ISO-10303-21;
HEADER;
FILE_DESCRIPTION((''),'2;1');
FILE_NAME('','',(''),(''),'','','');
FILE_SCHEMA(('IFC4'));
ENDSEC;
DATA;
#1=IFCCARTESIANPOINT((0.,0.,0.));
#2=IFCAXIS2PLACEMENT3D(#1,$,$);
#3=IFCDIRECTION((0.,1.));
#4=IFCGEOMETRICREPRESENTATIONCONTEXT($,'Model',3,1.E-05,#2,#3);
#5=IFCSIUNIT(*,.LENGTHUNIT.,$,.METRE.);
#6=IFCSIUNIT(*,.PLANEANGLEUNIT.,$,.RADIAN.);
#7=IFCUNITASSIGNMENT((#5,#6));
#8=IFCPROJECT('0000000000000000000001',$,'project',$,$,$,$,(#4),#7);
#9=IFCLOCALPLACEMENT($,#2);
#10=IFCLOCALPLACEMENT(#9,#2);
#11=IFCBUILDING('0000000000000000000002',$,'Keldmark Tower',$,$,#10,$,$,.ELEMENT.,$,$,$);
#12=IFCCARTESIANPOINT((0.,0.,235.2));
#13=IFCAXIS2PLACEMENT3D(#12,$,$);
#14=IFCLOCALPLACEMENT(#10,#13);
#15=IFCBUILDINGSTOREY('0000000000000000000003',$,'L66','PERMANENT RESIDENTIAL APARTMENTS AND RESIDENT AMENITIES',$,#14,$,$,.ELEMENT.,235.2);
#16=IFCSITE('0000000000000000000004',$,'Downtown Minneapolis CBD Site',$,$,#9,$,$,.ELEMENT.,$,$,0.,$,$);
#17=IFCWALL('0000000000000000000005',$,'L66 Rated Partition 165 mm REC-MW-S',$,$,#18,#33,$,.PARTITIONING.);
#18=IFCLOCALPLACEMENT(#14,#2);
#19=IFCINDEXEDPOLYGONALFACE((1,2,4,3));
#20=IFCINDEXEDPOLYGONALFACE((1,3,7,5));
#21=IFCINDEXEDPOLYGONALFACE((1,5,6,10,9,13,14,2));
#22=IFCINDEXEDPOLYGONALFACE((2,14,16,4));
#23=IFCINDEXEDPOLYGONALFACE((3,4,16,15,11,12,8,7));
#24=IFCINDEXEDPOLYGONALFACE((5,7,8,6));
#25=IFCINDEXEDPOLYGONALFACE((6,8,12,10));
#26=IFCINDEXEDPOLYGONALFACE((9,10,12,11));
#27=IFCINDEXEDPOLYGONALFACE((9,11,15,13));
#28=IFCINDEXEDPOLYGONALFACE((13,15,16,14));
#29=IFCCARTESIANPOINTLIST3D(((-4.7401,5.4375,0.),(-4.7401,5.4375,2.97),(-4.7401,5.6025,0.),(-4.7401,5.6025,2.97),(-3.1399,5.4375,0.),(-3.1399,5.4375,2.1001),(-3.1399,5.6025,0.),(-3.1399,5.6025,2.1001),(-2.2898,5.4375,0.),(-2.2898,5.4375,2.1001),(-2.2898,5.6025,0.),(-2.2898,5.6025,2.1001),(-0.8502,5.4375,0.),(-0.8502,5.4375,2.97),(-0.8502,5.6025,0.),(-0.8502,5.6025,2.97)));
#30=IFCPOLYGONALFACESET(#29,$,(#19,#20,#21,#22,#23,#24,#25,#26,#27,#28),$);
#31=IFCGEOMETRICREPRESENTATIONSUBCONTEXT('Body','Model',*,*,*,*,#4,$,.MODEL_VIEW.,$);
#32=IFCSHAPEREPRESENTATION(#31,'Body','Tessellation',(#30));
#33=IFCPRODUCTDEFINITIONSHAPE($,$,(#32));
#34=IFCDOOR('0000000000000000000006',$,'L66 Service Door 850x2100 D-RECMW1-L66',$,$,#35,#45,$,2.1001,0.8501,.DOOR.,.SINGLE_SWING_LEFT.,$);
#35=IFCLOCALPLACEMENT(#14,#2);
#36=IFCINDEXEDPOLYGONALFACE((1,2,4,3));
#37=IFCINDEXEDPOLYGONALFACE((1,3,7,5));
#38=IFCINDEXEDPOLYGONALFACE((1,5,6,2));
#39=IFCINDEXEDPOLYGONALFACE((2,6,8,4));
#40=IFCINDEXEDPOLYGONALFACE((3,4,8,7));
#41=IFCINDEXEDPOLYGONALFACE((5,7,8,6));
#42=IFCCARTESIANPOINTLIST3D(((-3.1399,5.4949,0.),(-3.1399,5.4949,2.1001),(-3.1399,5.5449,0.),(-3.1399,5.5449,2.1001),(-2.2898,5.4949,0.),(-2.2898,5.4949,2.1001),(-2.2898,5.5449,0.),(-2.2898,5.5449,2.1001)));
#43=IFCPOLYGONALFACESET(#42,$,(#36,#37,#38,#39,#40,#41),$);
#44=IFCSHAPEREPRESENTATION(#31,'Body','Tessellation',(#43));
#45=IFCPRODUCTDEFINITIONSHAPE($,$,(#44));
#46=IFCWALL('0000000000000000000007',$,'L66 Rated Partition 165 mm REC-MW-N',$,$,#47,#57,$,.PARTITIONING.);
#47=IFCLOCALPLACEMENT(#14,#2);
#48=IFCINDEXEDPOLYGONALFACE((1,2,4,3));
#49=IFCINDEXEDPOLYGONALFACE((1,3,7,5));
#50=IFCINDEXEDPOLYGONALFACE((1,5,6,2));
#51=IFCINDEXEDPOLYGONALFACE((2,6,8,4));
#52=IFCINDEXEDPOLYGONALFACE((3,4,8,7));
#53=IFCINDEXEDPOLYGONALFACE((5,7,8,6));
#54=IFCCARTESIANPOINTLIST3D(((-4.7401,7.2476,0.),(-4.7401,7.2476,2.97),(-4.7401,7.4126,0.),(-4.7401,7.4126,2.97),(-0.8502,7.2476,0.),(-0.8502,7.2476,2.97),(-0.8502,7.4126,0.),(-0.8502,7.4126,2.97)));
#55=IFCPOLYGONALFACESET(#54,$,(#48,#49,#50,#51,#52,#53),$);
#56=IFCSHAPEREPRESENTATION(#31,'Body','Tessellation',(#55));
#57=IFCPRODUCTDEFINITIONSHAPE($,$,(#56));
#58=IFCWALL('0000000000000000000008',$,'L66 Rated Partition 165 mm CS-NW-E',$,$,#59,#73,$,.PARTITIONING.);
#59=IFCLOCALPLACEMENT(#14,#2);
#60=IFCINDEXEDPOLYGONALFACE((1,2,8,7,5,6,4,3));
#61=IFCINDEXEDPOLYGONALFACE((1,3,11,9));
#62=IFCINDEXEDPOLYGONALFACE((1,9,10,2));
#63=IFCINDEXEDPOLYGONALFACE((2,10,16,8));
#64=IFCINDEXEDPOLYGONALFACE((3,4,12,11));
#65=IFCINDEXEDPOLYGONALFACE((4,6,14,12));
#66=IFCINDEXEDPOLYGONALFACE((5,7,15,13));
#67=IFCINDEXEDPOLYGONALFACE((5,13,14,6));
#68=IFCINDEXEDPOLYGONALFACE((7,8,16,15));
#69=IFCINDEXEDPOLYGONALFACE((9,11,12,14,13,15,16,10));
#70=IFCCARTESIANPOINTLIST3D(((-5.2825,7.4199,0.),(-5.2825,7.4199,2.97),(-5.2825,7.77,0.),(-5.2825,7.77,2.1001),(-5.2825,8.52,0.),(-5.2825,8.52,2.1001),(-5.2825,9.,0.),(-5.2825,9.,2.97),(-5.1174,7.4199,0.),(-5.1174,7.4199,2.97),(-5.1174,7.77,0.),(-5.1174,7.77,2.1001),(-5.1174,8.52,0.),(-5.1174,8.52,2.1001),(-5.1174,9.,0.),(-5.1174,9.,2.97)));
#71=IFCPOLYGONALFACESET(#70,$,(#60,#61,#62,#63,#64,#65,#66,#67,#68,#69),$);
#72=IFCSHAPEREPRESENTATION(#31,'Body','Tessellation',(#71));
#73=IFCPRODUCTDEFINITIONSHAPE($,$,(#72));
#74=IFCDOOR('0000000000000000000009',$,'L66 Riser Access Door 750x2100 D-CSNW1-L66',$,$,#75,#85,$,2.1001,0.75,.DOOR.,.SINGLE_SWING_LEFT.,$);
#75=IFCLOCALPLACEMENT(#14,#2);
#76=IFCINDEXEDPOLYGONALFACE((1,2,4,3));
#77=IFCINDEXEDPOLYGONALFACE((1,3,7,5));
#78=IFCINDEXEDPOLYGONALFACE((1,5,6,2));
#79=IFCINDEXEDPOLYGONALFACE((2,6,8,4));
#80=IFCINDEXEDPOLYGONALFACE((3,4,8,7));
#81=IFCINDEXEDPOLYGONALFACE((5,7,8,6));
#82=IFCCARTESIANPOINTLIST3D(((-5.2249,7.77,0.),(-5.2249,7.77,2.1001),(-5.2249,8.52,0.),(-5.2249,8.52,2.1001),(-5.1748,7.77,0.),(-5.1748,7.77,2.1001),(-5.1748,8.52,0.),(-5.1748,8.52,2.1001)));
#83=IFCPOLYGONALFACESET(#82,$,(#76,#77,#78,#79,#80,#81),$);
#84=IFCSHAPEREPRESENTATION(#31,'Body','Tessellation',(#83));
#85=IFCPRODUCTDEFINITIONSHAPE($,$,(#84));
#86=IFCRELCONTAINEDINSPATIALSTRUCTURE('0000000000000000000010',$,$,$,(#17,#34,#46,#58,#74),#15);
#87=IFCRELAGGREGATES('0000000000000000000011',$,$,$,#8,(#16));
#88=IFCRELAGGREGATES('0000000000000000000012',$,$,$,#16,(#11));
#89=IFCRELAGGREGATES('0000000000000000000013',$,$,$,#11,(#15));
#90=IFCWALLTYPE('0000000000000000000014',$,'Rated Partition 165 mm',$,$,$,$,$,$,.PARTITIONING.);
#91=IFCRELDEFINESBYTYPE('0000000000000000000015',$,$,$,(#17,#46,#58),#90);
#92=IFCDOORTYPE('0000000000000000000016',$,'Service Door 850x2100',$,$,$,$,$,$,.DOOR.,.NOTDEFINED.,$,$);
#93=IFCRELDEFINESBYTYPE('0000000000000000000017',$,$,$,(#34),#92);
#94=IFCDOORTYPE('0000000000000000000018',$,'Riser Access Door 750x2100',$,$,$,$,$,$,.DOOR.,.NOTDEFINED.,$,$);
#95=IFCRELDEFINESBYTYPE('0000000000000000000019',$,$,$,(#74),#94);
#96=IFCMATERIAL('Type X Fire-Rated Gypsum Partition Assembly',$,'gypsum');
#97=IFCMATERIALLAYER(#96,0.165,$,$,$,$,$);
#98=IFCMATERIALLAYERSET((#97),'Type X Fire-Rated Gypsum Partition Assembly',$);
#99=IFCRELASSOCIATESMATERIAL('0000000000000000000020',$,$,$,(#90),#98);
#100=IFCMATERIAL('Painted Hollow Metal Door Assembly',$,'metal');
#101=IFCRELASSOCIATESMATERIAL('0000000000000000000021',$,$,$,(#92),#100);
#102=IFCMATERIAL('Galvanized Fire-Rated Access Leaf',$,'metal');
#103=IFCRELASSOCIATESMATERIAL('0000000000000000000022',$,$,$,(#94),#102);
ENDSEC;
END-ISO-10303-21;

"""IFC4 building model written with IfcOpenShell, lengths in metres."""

from ifc_helpers import new_model, si_unit, direction, frame, frame_2d, origin, place, context, subcontext, project, spatial, rectangle, extrude, material, layer, layer_set, type_object, element, fill, save


model = new_model("IFC4")

# Units and contexts
model_context = context("Model", 3, precision=1e-05, world=origin(), true_north=direction((0.0, 1.0)))
body_context = subcontext(model_context, "Body", "Model", "MODEL_VIEW")
ifc_project = project(units=[si_unit("LENGTHUNIT", "METRE"), si_unit("PLANEANGLEUNIT", "RADIAN")], contexts=[model_context])

# Site, building, storey
site_placement = place(None, origin())
site = spatial("IfcSite", under=ifc_project, at=site_placement, Name="Downtown Minneapolis CBD Site", CompositionType="ELEMENT", RefElevation=0.0)
building_placement = place(site_placement, origin())
building = spatial("IfcBuilding", under=site, at=building_placement, Name="Keldmark Tower", CompositionType="ELEMENT")
storey_placement = place(building_placement, frame((0.0, 0.0, 235.2)))
storey = spatial("IfcBuildingStorey", under=building, at=storey_placement, Name="L66", Description="PERMANENT RESIDENTIAL APARTMENTS AND RESIDENT AMENITIES", CompositionType="ELEMENT", Elevation=235.2)

# Shared definitions
ifc_material_1 = material(Name="Type X Fire-Rated Gypsum Partition Assembly", Category="gypsum")
ifc_layer_1 = layer(ifc_material_1, 0.165)
ifc_layer_set_1 = layer_set([ifc_layer_1], Name="Type X Fire-Rated Gypsum Partition Assembly")
wall_type_1 = type_object("IfcWallType", Name="Rated Partition 165 mm", PredefinedType="PARTITIONING", material=ifc_layer_set_1)

# Wall, opening, door
ifc_material_2 = material(Name="Painted Hollow Metal Door Assembly", Category="metal")
door_type_1 = type_object("IfcDoorType", Name="Service Door 850x2100", OperationType="NOTDEFINED", PredefinedType="DOOR", material=ifc_material_2)
wall_1_placement = place(storey_placement, frame((-4.74, 5.52, 0.0), z_axis=(0.0, 0.0, 1.0), x_axis=(1.0, 0.0, 0.0)))
wall_1 = element("IfcWall", 1, at=wall_1_placement, inside=storey, type_object=wall_type_1, Name="L66 Rated Partition 165 mm REC-MW-S", PredefinedType="PARTITIONING", context=body_context, shape_type="SweptSolid", body=[
    extrude(rectangle(XDim=3.8899, YDim=0.165, at=frame_2d((1.9448, 0.0))), origin(), (0.0, 0.0, 1.0), 2.97),
])
opening_1_placement = place(wall_1_placement, frame((1.6001, 0.0, 0.0)))
opening_1 = element("IfcOpeningElement", 2, at=opening_1_placement, cuts=wall_1, PredefinedType="OPENING", context=body_context, shape_type="SweptSolid", body=[
    extrude(rectangle(XDim=0.8501, YDim=2.1001, at=frame_2d((0.425, 1.05))), frame((0.0, 0.0925, 0.0), z_axis=(0.0, -1.0, 0.0), x_axis=(1.0, 0.0, 0.0)), (0.0, 0.0, 1.0), 0.1851),
])
door_1_placement = place(opening_1_placement, origin())
door_1 = element("IfcDoor", 3, at=door_1_placement, inside=storey, type_object=door_type_1, Name="L66 Service Door 850x2100 D-RECMW1-L66", OperationType="SINGLE_SWING_LEFT", OverallHeight=2.1001, OverallWidth=0.8501, PredefinedType="DOOR", context=body_context, shape_type="SweptSolid", body=[
    extrude(rectangle(XDim=0.8501, YDim=2.1001, at=frame_2d((0.425, 1.05))), frame((0.0, 0.0249, 0.0), z_axis=(0.0, -1.0, 0.0), x_axis=(1.0, 0.0, 0.0)), (0.0, 0.0, 1.0), 0.05),
])
fill(opening_1, door_1)

# Wall
wall_2_placement = place(storey_placement, frame((-4.74, 7.3301, 0.0), z_axis=(0.0, 0.0, 1.0), x_axis=(1.0, 0.0, 0.0)))
element("IfcWall", 4, at=wall_2_placement, inside=storey, type_object=wall_type_1, Name="L66 Rated Partition 165 mm REC-MW-N", PredefinedType="PARTITIONING", context=body_context, shape_type="SweptSolid", body=[
    extrude(rectangle(XDim=3.8899, YDim=0.165, at=frame_2d((1.9448, 0.0))), origin(), (0.0, 0.0, 1.0), 2.97),
])

# Wall, opening, door
wall_3_placement = place(storey_placement, frame((-5.2, 7.4199, 0.0), z_axis=(0.0, 0.0, 1.0), x_axis=(0.0, 1.0, 0.0)))
wall_3 = element("IfcWall", 5, at=wall_3_placement, inside=storey, type_object=wall_type_1, Name="L66 Rated Partition 165 mm CS-NW-E", PredefinedType="PARTITIONING", context=body_context, shape_type="SweptSolid", body=[
    extrude(rectangle(XDim=1.5801, YDim=0.165, at=frame_2d((0.79, 0.0))), origin(), (0.0, 0.0, 1.0), 2.97),
])
opening_2_placement = place(wall_3_placement, frame((0.3501, 0.0, 0.0)))
opening_2 = element("IfcOpeningElement", 6, at=opening_2_placement, cuts=wall_3, PredefinedType="OPENING", context=body_context, shape_type="SweptSolid", body=[
    extrude(rectangle(XDim=0.75, YDim=2.1001, at=frame_2d((0.375, 1.05))), frame((0.0, 0.0925, 0.0), z_axis=(0.0, -1.0, 0.0), x_axis=(1.0, 0.0, 0.0)), (0.0, 0.0, 1.0), 0.1851),
])
ifc_material_3 = material(Name="Galvanized Fire-Rated Access Leaf", Category="metal")
door_type_2 = type_object("IfcDoorType", Name="Riser Access Door 750x2100", OperationType="NOTDEFINED", PredefinedType="DOOR", material=ifc_material_3)
door_2_placement = place(opening_2_placement, origin())
door_2 = element("IfcDoor", 7, at=door_2_placement, inside=storey, type_object=door_type_2, Name="L66 Riser Access Door 750x2100 D-CSNW1-L66", OperationType="SINGLE_SWING_LEFT", OverallHeight=2.1001, OverallWidth=0.75, PredefinedType="DOOR", context=body_context, shape_type="SweptSolid", body=[
    extrude(rectangle(XDim=0.75, YDim=2.1001, at=frame_2d((0.375, 1.05))), frame((0.0, 0.0249, 0.0), z_axis=(0.0, -1.0, 0.0), x_axis=(1.0, 0.0, 0.0)), (0.0, 0.0, 1.0), 0.05),
])
fill(opening_2, door_2)

save(model, "model.ifc")
